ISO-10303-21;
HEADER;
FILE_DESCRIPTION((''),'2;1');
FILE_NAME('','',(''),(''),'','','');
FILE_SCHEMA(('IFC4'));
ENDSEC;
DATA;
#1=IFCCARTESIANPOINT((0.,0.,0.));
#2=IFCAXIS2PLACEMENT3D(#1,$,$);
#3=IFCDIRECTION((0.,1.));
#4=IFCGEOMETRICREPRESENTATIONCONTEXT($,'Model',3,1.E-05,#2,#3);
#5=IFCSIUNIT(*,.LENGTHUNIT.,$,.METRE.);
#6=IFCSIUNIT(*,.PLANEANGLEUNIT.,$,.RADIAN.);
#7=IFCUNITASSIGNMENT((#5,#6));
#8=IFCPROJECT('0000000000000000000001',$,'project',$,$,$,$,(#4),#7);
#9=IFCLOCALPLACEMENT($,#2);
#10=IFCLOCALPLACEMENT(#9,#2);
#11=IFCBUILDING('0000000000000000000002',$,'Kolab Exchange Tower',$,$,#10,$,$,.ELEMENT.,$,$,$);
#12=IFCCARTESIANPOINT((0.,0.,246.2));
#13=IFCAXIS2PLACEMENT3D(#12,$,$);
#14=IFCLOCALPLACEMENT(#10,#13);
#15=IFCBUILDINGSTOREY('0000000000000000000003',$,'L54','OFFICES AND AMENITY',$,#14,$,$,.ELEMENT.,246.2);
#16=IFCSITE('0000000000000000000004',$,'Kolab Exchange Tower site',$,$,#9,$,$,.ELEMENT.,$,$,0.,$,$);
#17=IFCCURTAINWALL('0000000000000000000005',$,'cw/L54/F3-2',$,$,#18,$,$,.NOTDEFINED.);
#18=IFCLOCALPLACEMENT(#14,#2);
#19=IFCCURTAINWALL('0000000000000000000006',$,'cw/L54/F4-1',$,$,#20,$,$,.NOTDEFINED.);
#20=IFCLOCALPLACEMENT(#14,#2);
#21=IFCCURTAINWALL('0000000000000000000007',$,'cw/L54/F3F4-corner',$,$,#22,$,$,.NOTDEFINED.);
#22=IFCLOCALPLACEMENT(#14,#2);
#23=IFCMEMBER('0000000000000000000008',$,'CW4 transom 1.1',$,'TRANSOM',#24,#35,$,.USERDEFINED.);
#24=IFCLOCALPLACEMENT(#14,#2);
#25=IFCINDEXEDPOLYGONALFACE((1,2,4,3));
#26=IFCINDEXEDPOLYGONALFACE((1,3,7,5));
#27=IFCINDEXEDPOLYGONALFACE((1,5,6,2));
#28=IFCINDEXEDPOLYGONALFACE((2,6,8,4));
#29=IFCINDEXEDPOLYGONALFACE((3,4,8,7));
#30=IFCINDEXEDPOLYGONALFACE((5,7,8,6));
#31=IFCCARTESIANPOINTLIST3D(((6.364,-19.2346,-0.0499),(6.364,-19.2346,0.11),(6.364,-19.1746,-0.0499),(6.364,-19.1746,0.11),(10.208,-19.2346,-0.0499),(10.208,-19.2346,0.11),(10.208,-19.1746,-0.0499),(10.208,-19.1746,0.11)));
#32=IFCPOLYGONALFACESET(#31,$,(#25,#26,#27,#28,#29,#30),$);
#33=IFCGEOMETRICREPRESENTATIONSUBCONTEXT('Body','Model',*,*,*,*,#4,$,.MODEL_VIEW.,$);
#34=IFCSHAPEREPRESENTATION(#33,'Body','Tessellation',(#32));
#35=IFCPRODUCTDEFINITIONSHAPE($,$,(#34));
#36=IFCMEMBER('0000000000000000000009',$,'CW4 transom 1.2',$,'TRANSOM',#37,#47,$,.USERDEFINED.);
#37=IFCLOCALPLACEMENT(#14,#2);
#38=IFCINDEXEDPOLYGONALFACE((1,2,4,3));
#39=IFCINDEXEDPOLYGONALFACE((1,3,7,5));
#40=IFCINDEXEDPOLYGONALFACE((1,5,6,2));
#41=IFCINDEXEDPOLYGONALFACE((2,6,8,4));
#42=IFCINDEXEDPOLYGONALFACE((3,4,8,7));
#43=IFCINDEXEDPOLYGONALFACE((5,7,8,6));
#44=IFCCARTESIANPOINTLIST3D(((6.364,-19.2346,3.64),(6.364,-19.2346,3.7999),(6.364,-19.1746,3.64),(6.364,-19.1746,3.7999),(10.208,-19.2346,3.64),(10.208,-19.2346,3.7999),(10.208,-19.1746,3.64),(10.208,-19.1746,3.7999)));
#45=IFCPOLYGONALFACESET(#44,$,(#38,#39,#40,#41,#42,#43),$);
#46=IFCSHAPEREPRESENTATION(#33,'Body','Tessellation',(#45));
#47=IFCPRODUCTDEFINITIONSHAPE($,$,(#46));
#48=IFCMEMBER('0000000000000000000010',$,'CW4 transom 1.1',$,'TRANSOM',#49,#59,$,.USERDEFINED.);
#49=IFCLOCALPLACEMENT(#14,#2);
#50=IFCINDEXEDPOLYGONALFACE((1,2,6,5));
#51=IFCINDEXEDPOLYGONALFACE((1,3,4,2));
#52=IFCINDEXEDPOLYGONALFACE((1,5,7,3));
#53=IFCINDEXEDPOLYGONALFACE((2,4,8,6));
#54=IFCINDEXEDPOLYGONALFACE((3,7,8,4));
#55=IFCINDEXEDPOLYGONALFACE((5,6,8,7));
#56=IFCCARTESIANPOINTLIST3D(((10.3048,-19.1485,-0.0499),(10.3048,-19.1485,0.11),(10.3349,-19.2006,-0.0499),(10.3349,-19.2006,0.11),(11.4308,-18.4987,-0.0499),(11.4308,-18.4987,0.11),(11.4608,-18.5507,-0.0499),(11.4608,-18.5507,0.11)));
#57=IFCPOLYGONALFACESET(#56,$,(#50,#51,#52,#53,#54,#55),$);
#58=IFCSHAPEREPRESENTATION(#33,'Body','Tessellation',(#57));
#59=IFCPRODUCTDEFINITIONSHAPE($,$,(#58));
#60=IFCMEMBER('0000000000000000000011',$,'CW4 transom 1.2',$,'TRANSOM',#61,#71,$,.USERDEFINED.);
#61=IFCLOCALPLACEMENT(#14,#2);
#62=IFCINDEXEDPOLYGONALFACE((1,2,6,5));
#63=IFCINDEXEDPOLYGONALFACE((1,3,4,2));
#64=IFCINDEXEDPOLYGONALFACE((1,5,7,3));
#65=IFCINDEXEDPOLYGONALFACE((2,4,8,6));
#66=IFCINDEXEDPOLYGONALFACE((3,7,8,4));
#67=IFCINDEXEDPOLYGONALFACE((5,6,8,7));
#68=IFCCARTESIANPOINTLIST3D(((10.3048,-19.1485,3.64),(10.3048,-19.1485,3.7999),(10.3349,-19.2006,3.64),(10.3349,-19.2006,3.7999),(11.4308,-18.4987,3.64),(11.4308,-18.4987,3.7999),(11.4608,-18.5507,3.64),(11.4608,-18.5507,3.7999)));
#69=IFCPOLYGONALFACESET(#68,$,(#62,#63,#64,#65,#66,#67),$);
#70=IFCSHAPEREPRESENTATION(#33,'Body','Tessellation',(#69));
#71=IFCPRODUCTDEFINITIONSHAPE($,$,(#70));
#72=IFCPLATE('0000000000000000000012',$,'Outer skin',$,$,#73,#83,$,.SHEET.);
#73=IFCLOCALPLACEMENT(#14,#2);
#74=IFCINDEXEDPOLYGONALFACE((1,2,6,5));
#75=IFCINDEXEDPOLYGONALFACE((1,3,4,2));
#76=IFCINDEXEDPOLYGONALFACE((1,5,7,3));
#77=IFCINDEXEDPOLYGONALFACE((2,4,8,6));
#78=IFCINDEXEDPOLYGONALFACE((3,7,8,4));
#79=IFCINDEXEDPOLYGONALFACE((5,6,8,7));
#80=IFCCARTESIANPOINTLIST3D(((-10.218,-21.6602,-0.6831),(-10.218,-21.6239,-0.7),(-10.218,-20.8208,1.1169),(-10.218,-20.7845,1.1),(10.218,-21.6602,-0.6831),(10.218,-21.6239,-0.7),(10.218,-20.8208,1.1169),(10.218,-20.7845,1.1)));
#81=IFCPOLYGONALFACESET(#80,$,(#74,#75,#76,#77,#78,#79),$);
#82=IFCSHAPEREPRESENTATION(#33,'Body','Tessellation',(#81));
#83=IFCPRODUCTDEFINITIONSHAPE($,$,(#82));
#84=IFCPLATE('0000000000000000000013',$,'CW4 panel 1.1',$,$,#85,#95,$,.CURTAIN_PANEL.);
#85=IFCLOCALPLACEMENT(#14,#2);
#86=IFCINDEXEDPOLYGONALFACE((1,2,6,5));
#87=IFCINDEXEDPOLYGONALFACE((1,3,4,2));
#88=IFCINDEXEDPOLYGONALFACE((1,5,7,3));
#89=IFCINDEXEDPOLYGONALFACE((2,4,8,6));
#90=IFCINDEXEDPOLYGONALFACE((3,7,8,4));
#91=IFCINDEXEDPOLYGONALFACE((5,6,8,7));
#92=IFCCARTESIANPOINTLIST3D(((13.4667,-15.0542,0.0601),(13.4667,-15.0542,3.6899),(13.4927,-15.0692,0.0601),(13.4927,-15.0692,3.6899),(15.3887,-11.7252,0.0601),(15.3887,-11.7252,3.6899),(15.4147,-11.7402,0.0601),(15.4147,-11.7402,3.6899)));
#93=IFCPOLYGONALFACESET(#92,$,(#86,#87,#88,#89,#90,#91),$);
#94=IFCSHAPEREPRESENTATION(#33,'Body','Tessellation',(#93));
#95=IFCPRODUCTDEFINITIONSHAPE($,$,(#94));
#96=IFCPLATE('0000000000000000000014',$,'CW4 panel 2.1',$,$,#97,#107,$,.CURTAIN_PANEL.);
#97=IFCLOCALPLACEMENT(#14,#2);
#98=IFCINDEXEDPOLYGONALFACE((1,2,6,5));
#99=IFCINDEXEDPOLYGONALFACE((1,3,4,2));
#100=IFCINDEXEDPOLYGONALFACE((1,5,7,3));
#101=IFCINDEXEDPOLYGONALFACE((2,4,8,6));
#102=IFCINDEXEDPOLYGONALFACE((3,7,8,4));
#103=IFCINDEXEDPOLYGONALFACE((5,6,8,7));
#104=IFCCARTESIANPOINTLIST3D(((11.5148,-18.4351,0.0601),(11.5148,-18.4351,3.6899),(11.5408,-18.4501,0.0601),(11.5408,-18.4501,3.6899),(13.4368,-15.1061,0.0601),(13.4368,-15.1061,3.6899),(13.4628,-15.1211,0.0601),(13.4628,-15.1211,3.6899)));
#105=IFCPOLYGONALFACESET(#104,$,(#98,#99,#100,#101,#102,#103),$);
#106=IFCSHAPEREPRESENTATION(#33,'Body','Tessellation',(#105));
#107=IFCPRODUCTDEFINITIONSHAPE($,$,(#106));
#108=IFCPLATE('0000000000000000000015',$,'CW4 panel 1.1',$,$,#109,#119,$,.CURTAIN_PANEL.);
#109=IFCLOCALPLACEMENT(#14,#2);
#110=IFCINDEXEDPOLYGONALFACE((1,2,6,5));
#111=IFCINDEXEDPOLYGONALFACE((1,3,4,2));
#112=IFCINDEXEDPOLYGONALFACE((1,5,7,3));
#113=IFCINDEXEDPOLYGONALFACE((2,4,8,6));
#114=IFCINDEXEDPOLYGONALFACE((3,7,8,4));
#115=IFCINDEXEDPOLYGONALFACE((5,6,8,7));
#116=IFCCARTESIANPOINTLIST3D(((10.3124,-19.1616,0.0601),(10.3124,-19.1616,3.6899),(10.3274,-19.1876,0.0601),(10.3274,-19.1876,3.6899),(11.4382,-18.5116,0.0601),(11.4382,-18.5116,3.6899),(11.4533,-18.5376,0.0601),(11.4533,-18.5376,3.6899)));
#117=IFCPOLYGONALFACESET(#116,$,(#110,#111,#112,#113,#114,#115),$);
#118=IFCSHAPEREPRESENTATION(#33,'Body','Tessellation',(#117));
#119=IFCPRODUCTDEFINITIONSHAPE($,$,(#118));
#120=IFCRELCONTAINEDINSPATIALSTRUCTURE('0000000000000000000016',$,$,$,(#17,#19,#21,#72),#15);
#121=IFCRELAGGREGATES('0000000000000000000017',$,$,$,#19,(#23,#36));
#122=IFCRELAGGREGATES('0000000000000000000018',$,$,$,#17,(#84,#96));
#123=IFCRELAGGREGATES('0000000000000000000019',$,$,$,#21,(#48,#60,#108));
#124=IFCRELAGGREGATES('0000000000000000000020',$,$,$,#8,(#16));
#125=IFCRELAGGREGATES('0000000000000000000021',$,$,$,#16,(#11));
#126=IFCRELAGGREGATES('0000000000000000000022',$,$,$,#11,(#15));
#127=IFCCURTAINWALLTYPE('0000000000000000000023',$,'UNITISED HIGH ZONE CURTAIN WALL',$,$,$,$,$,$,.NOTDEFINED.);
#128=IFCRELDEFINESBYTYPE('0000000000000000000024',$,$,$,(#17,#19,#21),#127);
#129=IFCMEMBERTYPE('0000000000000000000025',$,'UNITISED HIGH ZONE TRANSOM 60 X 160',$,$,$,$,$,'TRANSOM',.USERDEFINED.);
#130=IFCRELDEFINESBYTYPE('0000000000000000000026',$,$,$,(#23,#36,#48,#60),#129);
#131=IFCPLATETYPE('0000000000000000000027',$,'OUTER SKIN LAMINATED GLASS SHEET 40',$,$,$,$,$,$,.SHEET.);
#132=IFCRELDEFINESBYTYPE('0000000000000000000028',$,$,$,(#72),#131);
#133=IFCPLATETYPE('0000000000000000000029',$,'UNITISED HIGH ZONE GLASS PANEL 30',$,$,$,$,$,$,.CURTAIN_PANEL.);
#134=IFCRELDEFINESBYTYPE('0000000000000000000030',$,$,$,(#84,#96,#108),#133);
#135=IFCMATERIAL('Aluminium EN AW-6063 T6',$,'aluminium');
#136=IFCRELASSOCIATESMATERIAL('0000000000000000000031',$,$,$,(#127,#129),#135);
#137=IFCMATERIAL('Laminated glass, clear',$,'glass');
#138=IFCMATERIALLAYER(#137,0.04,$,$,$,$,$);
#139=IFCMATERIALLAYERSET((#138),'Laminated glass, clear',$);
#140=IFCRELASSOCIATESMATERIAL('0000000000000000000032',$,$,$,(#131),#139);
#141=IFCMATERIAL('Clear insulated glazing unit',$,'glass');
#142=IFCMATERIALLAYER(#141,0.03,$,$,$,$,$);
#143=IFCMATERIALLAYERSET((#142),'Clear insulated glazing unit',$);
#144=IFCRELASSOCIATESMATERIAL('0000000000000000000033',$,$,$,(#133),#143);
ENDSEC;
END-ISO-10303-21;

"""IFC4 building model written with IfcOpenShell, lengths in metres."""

from ifc_helpers import new_model, si_unit, direction, frame, origin, origin_2d, place, context, subcontext, project, spatial, polyline, rectangle, outline, extrude, material, layer, layer_set, material_profile, profile_set, type_object, element, aggregate, save


model = new_model("IFC4")

# Units and contexts
model_context = context("Model", 3, precision=1e-05, world=origin(), true_north=direction((0.0, 1.0)))
body_context = subcontext(model_context, "Body", "Model", "MODEL_VIEW")
ifc_project = project(units=[si_unit("LENGTHUNIT", "METRE"), si_unit("PLANEANGLEUNIT", "RADIAN")], contexts=[model_context])

# Site, building, storey
site_placement = place(None, origin())
site = spatial("IfcSite", under=ifc_project, at=site_placement, Name="Kolab Exchange Tower site", CompositionType="ELEMENT", RefElevation=0.0)
building_placement = place(site_placement, origin())
building = spatial("IfcBuilding", under=site, at=building_placement, Name="Kolab Exchange Tower", CompositionType="ELEMENT")
storey_placement = place(building_placement, frame((0.0, 0.0, 246.2)))
storey = spatial("IfcBuildingStorey", under=building, at=storey_placement, Name="L54", Description="OFFICES AND AMENITY", CompositionType="ELEMENT", Elevation=246.2)

# Curtain wall
ifc_material_1 = material(Name="Aluminium EN AW-6063 T6", Category="aluminium")
curtain_wall_type = type_object("IfcCurtainWallType", Name="UNITISED HIGH ZONE CURTAIN WALL", PredefinedType="NOTDEFINED", material=ifc_material_1)
curtain_wall_1_placement = place(storey_placement, origin())
curtain_wall_1 = element("IfcCurtainWall", 1, at=curtain_wall_1_placement, inside=storey, type_object=curtain_wall_type, Name="cw/L54/F3-2", PredefinedType="NOTDEFINED")

# Curtain wall
curtain_wall_2_placement = place(storey_placement, origin())
curtain_wall_2 = element("IfcCurtainWall", 2, at=curtain_wall_2_placement, inside=storey, type_object=curtain_wall_type, Name="cw/L54/F4-1", PredefinedType="NOTDEFINED")

# Curtain wall
curtain_wall_3_placement = place(storey_placement, origin())
curtain_wall_3 = element("IfcCurtainWall", 3, at=curtain_wall_3_placement, inside=storey, type_object=curtain_wall_type, Name="cw/L54/F3F4-corner", PredefinedType="NOTDEFINED")

# Members
ifc_material_profile_1 = material_profile(ifc_material_1, rectangle(XDim=0.0601, YDim=0.1599, at=origin_2d()), Name="RECT 60X160")
ifc_profile_set_1 = profile_set([ifc_material_profile_1], Name="Aluminium EN AW-6063 T6")
member_type_1 = type_object("IfcMemberType", Name="UNITISED HIGH ZONE TRANSOM 60 X 160", ElementType="TRANSOM", PredefinedType="USERDEFINED", material=ifc_profile_set_1)
member_1_placement = place(storey_placement, frame((10.208, -19.2046, 0.03), z_axis=(-1.0, 0.0, 0.0), x_axis=(0.0, -1.0, 0.0)))
member_1 = element("IfcMember", 4, at=member_1_placement, type_object=member_type_1, Name="CW4 transom 1.1", ObjectType="TRANSOM", PredefinedType="USERDEFINED", context=body_context, shape_type="SweptSolid", body=[
    extrude(rectangle(XDim=0.0601, YDim=0.1599, at=origin_2d()), origin(), (0.0, 0.0, 1.0), 3.844),
])
member_2_placement = place(storey_placement, frame((10.208, -19.2046, 3.72), z_axis=(-1.0, 0.0, 0.0), x_axis=(0.0, -1.0, 0.0)))
member_2 = element("IfcMember", 5, at=member_2_placement, type_object=member_type_1, Name="CW4 transom 1.2", ObjectType="TRANSOM", PredefinedType="USERDEFINED", context=body_context, shape_type="SweptSolid", body=[
    extrude(rectangle(XDim=0.0601, YDim=0.1599, at=origin_2d()), origin(), (0.0, 0.0, 1.0), 3.844),
])
aggregate(curtain_wall_2, [member_1, member_2])
member_3_placement = place(storey_placement, frame((11.4458, -18.5247, 0.03), z_axis=(-0.866086, -0.499896, 0.0), x_axis=(0.499896, -0.866086, 0.0)))
member_3 = element("IfcMember", 6, at=member_3_placement, type_object=member_type_1, Name="CW4 transom 1.1", ObjectType="TRANSOM", PredefinedType="USERDEFINED", context=body_context, shape_type="SweptSolid", body=[
    extrude(rectangle(XDim=0.0601, YDim=0.1599, at=origin_2d()), origin(), (0.0, 0.0, 1.0), 1.3),
])
member_4_placement = place(storey_placement, frame((11.4458, -18.5247, 3.72), z_axis=(-0.866086, -0.499896, 0.0), x_axis=(0.499896, -0.866086, 0.0)))
member_4 = element("IfcMember", 7, at=member_4_placement, type_object=member_type_1, Name="CW4 transom 1.2", ObjectType="TRANSOM", PredefinedType="USERDEFINED", context=body_context, shape_type="SweptSolid", body=[
    extrude(rectangle(XDim=0.0601, YDim=0.1599, at=origin_2d()), origin(), (0.0, 0.0, 1.0), 1.3),
])

# Plates
ifc_material_2 = material(Name="Laminated glass, clear", Category="glass")
ifc_layer_1 = layer(ifc_material_2, 0.04)
ifc_layer_set_1 = layer_set([ifc_layer_1], Name="Laminated glass, clear")
plate_type_1 = type_object("IfcPlateType", Name="OUTER SKIN LAMINATED GLASS SHEET 40", PredefinedType="SHEET", material=ifc_layer_set_1)
plate_1_placement = place(storey_placement, frame((10.218, -21.6602, -0.6831), z_axis=(0.0, -0.906312, 0.42261), x_axis=(-1.0, 0.0, 0.0)))
element("IfcPlate", 8, at=plate_1_placement, inside=storey, type_object=plate_type_1, Name="Outer skin", PredefinedType="SHEET", context=body_context, shape_type="SweptSolid", body=[
    extrude(outline(polyline([(0.0, 0.0), (20.436, 0.0), (20.436, -1.9861), (0.0, -1.9861), (0.0, 0.0)])), origin(), (0.0, 0.0, -1.0), 0.04),
])
ifc_material_3 = material(Name="Clear insulated glazing unit", Category="glass")
ifc_layer_2 = layer(ifc_material_3, 0.03)
ifc_layer_set_2 = layer_set([ifc_layer_2], Name="Clear insulated glazing unit")
plate_type_2 = type_object("IfcPlateType", Name="UNITISED HIGH ZONE GLASS PANEL 30", PredefinedType="CURTAIN_PANEL", material=ifc_layer_set_2)
plate_2_placement = place(storey_placement, frame((14.4407, -13.3972, 0.0601), z_axis=(0.0, 0.0, 1.0), x_axis=(-0.5, -0.866025, 0.0)))
plate_2 = element("IfcPlate", 9, at=plate_2_placement, type_object=plate_type_2, Name="CW4 panel 1.1", PredefinedType="CURTAIN_PANEL", context=body_context, shape_type="SweptSolid", body=[
    extrude(rectangle(XDim=3.844, YDim=0.03, at=origin_2d()), origin(), (0.0, 0.0, 1.0), 3.6299),
])
plate_3_placement = place(storey_placement, frame((12.4888, -16.7781, 0.0601), z_axis=(0.0, 0.0, 1.0), x_axis=(-0.5, -0.866025, 0.0)))
plate_3 = element("IfcPlate", 10, at=plate_3_placement, type_object=plate_type_2, Name="CW4 panel 2.1", PredefinedType="CURTAIN_PANEL", context=body_context, shape_type="SweptSolid", body=[
    extrude(rectangle(XDim=3.844, YDim=0.03, at=origin_2d()), origin(), (0.0, 0.0, 1.0), 3.6299),
])
aggregate(curtain_wall_1, [plate_2, plate_3])
plate_4_placement = place(storey_placement, frame((10.8828, -18.8496, 0.0601), z_axis=(0.0, 0.0, 1.0), x_axis=(-0.866025, -0.5, 0.0)))
plate_4 = element("IfcPlate", 11, at=plate_4_placement, type_object=plate_type_2, Name="CW4 panel 1.1", PredefinedType="CURTAIN_PANEL", context=body_context, shape_type="SweptSolid", body=[
    extrude(rectangle(XDim=1.3, YDim=0.03, at=origin_2d()), origin(), (0.0, 0.0, 1.0), 3.6299),
])
aggregate(curtain_wall_3, [member_3, member_4, plate_4])

save(model, "model.ifc")
